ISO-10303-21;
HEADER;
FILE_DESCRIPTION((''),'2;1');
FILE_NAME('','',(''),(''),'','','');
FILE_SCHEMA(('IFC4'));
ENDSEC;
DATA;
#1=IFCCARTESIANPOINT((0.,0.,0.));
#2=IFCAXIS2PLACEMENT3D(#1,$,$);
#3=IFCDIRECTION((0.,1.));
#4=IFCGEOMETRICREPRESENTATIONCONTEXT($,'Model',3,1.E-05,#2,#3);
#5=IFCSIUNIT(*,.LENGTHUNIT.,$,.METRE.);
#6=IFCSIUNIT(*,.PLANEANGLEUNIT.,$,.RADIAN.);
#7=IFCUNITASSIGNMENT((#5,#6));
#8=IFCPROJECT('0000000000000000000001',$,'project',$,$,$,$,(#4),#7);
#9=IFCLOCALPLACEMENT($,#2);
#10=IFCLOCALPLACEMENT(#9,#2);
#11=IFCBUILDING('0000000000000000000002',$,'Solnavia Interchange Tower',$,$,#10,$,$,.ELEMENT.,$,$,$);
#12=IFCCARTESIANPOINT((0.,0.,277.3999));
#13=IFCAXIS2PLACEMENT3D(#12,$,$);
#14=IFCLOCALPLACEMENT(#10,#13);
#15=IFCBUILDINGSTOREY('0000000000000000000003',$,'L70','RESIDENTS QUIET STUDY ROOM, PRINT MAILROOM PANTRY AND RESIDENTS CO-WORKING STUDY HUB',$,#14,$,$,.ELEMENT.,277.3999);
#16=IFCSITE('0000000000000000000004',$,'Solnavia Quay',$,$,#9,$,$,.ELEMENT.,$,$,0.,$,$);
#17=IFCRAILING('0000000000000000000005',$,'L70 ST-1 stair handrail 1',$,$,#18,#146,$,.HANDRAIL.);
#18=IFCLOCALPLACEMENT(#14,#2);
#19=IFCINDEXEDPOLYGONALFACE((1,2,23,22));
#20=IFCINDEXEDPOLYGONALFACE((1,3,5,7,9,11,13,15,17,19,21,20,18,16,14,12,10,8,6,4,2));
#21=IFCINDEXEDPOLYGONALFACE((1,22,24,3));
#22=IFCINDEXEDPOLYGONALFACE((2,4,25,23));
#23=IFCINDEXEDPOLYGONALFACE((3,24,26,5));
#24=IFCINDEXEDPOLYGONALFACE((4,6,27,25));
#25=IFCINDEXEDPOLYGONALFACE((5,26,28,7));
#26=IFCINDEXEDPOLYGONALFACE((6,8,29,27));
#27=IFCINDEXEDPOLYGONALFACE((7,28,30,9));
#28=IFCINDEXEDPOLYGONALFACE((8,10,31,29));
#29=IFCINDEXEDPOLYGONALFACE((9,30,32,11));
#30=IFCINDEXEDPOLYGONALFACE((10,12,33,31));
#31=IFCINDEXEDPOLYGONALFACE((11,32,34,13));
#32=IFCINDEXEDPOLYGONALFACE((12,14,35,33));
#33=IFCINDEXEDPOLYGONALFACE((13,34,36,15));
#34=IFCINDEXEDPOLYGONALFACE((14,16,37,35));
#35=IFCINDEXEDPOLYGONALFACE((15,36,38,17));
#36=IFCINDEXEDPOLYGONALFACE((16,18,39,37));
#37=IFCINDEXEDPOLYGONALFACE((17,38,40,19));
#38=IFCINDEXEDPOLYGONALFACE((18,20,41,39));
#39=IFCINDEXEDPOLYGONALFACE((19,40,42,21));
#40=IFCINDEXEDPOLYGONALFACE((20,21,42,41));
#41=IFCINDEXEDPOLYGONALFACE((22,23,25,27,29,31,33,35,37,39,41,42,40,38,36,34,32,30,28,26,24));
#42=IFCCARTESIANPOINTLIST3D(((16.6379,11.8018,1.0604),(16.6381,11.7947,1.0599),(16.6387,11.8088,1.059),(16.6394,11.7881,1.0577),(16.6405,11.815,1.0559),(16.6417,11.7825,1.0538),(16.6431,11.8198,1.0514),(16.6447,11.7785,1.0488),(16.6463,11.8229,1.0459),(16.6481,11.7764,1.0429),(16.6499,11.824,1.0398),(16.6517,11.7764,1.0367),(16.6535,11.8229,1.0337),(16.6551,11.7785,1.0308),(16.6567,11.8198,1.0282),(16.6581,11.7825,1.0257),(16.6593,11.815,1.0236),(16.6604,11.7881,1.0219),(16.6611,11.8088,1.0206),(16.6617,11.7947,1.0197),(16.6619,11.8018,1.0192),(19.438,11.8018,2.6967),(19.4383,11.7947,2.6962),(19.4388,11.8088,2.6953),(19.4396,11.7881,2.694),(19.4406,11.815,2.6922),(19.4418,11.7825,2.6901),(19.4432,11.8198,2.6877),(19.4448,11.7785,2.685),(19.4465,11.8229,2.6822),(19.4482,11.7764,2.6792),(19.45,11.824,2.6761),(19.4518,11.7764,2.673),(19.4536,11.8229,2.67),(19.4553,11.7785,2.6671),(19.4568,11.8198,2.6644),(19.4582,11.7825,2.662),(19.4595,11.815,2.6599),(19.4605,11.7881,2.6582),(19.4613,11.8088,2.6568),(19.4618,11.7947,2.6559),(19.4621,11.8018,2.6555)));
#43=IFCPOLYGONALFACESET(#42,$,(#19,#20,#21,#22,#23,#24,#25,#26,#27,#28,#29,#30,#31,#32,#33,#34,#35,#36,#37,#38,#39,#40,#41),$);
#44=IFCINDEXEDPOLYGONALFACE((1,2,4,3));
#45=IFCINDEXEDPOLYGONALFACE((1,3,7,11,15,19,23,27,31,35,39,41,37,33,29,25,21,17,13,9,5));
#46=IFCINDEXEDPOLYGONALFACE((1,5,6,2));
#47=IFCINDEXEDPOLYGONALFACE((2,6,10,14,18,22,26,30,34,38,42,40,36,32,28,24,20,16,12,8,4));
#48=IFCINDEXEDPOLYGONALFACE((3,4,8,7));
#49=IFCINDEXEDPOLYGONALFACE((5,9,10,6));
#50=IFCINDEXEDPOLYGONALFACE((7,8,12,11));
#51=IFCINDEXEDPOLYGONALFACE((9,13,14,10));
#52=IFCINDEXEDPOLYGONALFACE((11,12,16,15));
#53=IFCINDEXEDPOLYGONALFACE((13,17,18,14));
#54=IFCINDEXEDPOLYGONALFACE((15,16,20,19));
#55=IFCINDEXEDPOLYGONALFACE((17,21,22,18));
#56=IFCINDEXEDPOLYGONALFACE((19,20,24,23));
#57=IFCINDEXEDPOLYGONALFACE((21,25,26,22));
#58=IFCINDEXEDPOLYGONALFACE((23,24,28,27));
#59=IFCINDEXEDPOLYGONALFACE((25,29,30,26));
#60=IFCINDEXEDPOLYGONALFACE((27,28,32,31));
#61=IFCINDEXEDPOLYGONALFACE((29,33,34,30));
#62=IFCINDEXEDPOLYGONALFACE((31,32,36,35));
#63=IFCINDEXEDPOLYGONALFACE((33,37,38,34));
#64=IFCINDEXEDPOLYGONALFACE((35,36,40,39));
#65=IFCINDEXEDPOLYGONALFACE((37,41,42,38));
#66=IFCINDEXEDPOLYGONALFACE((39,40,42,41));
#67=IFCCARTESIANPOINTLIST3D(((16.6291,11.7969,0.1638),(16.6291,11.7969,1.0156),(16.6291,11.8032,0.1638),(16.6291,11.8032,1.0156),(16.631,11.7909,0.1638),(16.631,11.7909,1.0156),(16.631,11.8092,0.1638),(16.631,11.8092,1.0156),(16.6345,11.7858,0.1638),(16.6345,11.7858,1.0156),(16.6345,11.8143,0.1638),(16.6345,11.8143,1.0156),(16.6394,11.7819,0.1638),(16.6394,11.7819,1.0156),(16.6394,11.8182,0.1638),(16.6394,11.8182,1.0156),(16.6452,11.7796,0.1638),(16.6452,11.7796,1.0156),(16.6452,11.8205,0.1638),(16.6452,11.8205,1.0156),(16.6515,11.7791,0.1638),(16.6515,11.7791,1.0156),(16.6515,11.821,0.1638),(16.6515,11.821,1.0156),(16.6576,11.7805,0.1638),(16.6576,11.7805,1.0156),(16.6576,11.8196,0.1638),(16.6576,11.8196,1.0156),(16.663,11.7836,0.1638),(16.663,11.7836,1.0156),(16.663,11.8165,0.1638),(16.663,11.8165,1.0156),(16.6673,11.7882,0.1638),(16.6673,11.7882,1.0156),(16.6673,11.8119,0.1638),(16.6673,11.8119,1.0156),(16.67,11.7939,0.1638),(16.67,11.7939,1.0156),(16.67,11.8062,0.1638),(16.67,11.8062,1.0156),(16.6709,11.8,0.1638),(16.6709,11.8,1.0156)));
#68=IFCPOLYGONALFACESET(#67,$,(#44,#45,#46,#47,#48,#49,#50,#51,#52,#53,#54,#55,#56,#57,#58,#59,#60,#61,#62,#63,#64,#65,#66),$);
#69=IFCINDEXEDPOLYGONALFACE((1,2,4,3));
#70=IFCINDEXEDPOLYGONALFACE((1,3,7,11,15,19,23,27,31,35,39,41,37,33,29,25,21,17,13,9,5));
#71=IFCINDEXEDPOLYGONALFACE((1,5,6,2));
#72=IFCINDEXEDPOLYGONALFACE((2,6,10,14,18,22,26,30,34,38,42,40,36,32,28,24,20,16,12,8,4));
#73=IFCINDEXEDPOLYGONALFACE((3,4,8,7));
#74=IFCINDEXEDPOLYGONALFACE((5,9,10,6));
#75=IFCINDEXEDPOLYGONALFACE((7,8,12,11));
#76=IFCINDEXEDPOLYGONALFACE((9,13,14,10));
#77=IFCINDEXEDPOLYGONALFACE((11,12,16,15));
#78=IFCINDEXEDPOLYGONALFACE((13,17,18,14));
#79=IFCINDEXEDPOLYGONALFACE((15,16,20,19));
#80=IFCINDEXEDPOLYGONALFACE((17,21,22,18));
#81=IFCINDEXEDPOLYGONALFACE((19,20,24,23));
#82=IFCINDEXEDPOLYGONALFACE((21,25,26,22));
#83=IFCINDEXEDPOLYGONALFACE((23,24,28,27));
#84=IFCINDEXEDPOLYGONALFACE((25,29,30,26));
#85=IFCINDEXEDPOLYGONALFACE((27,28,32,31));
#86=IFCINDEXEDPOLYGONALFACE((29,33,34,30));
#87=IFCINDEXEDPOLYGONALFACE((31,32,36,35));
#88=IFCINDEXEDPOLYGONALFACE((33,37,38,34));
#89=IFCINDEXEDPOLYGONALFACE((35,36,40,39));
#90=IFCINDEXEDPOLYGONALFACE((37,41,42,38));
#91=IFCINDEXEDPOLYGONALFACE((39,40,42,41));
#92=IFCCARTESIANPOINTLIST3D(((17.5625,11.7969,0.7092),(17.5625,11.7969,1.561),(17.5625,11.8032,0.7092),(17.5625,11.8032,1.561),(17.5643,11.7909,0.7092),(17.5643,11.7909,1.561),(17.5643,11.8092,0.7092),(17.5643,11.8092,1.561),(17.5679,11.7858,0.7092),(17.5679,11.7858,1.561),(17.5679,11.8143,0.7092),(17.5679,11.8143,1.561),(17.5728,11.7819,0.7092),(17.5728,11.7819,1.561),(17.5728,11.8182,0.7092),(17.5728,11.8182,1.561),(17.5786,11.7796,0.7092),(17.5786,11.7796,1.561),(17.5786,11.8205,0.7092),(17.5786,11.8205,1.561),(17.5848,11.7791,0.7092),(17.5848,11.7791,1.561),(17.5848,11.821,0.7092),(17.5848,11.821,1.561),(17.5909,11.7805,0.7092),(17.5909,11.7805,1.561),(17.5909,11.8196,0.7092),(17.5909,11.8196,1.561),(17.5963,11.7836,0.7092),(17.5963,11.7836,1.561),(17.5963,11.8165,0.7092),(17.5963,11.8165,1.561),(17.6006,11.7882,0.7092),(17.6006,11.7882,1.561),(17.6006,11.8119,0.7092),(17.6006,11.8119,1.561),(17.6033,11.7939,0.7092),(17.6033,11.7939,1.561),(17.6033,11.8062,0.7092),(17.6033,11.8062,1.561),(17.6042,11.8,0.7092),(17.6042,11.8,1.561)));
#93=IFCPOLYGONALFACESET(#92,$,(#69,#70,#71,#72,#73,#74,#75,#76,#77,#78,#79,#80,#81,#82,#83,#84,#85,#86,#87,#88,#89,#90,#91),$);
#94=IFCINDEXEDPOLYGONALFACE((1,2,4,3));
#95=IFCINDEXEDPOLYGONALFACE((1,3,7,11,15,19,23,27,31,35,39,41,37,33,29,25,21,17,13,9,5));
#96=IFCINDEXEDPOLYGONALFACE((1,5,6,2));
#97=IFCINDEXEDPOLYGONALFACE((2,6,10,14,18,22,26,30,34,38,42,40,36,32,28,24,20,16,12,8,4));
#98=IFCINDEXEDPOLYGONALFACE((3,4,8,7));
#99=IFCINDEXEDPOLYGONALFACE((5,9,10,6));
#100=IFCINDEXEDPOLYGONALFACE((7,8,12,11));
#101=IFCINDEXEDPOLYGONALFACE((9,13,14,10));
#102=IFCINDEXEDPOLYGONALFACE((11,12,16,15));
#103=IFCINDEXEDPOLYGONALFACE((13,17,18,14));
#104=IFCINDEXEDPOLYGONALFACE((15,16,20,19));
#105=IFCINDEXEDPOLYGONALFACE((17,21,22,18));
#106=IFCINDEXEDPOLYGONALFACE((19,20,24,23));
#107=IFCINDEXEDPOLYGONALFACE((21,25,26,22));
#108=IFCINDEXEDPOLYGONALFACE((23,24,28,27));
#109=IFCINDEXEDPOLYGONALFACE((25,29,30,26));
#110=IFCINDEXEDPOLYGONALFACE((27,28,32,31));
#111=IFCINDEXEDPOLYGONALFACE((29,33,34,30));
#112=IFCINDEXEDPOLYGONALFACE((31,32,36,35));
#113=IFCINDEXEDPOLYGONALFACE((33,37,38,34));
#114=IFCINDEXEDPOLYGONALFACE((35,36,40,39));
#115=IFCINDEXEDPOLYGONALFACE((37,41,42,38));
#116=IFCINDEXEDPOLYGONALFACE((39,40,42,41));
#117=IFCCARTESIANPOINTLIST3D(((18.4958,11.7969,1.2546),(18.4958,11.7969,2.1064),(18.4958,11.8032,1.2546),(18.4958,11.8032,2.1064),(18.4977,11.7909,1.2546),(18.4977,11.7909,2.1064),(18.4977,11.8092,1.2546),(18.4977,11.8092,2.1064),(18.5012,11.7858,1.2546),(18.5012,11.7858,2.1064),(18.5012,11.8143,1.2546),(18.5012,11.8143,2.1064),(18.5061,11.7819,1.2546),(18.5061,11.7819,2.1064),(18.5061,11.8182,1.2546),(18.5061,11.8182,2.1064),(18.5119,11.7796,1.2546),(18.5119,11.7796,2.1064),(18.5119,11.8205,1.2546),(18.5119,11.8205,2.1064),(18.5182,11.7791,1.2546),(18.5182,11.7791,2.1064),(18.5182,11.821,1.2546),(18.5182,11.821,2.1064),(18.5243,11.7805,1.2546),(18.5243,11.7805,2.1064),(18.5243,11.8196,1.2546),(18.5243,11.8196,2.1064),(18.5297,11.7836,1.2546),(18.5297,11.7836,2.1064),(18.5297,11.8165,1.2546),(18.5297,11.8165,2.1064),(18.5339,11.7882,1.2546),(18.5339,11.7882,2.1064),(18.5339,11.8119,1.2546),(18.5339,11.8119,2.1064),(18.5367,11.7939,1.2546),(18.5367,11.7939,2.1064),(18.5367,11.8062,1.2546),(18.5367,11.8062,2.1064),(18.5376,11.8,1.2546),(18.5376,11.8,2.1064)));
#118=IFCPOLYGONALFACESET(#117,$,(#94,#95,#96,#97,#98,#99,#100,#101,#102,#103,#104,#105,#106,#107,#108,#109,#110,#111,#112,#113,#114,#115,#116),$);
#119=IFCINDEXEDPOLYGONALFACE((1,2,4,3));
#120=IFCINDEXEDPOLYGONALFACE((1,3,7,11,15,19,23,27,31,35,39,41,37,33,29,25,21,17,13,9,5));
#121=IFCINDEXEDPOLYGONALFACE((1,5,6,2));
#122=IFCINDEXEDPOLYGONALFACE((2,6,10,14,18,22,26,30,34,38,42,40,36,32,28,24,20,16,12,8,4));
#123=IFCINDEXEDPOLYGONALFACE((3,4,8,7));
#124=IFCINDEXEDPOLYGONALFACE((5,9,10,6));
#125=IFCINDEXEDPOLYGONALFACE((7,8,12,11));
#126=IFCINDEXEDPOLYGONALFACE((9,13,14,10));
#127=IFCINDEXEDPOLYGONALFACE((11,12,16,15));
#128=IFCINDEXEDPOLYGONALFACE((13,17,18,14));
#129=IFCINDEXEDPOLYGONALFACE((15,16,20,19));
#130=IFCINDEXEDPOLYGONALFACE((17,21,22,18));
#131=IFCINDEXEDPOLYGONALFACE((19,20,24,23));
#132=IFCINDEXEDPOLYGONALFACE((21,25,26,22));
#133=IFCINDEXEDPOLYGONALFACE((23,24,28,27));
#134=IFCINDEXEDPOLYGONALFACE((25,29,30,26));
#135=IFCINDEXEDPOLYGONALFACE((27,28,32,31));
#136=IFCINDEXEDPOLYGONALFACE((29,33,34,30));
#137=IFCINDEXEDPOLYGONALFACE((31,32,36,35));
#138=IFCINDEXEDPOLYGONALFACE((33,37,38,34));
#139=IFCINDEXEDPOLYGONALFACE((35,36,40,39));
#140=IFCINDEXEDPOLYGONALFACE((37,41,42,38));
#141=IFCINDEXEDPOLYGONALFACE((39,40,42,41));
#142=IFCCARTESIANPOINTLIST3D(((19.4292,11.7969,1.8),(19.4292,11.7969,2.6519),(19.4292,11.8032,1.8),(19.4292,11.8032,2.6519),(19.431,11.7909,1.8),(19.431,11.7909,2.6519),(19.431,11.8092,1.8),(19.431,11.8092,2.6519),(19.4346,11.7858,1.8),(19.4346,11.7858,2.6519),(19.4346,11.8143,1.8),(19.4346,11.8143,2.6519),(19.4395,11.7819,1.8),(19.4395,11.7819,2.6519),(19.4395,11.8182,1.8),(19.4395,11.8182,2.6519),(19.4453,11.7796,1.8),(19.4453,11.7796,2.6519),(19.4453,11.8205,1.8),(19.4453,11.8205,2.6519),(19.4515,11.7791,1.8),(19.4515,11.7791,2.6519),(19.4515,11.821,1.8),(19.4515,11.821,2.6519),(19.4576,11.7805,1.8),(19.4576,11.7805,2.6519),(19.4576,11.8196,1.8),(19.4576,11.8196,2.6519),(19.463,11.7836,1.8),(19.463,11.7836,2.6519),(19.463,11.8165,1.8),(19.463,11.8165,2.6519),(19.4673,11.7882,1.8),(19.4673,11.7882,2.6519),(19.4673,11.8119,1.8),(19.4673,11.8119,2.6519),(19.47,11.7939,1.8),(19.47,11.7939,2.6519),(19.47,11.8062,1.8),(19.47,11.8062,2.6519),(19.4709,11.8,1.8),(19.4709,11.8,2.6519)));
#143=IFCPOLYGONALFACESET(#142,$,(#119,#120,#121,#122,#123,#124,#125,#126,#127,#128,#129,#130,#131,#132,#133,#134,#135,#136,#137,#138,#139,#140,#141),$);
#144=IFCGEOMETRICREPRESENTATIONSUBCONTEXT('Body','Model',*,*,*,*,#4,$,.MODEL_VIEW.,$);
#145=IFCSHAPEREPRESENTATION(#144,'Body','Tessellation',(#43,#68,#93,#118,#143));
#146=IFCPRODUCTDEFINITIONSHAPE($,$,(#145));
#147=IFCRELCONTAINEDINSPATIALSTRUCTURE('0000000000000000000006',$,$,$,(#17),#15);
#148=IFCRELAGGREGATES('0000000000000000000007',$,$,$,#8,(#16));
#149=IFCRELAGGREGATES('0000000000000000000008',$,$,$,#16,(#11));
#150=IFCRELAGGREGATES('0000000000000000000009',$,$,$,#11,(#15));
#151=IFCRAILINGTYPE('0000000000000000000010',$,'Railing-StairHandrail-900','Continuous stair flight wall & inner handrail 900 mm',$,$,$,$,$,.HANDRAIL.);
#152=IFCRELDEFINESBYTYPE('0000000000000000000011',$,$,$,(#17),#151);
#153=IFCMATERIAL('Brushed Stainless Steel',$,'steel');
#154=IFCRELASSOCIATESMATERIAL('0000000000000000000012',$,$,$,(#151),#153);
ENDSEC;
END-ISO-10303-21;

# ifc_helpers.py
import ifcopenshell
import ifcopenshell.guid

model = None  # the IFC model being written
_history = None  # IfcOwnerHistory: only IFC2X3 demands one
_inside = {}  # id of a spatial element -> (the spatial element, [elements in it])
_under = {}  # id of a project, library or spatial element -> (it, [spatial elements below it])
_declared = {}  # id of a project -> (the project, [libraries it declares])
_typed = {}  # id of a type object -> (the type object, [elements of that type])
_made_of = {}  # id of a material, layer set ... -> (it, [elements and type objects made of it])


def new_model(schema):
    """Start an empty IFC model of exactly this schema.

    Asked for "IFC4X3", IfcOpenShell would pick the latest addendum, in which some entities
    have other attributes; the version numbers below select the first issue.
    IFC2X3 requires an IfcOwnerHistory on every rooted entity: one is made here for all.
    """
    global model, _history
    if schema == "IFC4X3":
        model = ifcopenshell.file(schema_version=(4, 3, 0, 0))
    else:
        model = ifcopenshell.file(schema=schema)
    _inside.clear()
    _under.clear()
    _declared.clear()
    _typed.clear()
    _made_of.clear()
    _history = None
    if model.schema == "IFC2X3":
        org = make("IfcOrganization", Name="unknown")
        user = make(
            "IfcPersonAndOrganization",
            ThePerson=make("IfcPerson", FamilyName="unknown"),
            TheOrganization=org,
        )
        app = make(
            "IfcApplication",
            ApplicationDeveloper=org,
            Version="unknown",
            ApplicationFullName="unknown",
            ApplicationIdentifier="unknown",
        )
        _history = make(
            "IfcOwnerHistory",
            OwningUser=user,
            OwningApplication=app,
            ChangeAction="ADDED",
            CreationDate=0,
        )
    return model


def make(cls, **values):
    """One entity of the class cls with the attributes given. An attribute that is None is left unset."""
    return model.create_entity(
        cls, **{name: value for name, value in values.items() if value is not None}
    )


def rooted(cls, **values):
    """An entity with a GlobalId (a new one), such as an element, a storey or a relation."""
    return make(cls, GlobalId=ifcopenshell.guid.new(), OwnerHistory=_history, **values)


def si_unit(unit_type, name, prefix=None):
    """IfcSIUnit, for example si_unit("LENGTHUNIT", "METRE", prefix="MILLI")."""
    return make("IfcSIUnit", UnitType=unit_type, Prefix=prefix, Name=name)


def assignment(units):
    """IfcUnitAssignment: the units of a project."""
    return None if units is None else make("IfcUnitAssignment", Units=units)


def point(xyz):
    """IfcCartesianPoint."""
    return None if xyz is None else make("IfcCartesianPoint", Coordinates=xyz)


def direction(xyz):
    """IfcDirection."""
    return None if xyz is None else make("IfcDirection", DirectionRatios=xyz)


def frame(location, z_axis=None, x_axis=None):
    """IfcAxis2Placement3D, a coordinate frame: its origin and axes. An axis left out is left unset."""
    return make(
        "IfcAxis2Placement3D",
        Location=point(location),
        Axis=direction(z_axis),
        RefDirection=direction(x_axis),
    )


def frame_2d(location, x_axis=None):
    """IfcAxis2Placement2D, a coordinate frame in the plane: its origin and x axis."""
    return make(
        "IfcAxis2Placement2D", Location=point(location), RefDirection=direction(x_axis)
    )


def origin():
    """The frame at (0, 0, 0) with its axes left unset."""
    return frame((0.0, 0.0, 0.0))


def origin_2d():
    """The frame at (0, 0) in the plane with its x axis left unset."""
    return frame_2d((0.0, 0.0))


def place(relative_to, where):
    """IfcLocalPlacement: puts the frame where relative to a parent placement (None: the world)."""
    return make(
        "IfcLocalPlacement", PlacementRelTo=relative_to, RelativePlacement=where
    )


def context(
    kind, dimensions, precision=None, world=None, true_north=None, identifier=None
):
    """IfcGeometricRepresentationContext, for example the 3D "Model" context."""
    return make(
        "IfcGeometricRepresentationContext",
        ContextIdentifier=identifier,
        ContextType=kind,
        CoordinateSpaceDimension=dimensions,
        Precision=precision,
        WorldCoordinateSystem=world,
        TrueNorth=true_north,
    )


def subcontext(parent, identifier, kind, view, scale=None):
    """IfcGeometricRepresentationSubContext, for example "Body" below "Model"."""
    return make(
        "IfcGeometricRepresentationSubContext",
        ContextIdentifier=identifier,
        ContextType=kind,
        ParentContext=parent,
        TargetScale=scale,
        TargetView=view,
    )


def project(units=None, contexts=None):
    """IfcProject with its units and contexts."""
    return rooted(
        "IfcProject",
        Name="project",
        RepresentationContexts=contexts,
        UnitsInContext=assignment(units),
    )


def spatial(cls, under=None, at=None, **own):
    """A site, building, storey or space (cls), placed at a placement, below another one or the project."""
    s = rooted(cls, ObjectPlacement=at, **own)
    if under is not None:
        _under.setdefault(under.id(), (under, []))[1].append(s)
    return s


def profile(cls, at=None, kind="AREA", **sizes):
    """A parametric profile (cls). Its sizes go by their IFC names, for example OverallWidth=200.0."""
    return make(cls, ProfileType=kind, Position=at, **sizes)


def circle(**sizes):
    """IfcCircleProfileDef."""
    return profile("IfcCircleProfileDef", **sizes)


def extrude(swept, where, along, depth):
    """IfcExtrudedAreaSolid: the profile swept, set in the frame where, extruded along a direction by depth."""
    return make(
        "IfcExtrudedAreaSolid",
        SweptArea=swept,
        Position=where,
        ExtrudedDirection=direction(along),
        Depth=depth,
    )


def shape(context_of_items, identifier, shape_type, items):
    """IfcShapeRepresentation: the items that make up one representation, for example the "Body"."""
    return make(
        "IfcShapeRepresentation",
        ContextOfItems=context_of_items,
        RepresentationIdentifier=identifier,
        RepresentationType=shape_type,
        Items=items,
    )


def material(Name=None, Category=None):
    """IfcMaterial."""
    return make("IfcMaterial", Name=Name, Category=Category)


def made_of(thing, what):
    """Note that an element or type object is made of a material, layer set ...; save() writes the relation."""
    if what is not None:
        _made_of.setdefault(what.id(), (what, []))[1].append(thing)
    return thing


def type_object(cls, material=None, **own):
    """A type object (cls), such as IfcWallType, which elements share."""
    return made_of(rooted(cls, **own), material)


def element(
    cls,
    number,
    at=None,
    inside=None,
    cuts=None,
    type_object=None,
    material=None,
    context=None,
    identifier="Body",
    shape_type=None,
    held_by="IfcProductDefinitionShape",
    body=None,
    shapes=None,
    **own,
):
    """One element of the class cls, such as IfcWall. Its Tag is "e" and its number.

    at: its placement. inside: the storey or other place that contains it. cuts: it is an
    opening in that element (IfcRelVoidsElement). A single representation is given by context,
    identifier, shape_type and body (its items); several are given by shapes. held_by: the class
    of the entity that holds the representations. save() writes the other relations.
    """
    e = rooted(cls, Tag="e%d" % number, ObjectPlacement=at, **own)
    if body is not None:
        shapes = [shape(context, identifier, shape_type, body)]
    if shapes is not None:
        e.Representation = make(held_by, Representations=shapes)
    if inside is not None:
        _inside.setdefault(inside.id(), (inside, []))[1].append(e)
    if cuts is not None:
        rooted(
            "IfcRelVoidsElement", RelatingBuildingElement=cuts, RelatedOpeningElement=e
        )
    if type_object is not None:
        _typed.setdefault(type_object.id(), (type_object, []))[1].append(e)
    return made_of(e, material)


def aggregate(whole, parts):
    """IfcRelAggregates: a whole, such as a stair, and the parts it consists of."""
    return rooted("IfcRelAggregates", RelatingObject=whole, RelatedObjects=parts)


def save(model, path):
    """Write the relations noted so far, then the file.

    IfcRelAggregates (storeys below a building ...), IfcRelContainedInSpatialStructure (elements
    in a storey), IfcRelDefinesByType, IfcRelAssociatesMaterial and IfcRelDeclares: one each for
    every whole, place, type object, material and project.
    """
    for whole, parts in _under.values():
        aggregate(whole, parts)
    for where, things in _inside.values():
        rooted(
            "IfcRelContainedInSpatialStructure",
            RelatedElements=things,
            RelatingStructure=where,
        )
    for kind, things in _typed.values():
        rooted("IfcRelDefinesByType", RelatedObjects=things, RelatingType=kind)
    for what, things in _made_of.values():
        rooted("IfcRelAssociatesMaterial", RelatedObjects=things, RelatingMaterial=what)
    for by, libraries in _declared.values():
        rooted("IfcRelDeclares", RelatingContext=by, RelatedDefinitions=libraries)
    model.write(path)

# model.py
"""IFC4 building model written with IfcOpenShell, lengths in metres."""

from ifc_helpers import new_model, si_unit, direction, frame, origin, origin_2d, place, context, subcontext, project, spatial, circle, extrude, material, type_object, element, save


model = new_model("IFC4")

# Units and contexts
model_context = context("Model", 3, precision=1e-05, world=origin(), true_north=direction((0.0, 1.0)))
body_context = subcontext(model_context, "Body", "Model", "MODEL_VIEW")
ifc_project = project(units=[si_unit("LENGTHUNIT", "METRE"), si_unit("PLANEANGLEUNIT", "RADIAN")], contexts=[model_context])

# Site, building, storey
site_placement = place(None, origin())
site = spatial("IfcSite", under=ifc_project, at=site_placement, Name="Solnavia Quay", CompositionType="ELEMENT", RefElevation=0.0)
building_placement = place(site_placement, origin())
building = spatial("IfcBuilding", under=site, at=building_placement, Name="Solnavia Interchange Tower", CompositionType="ELEMENT")
storey_placement = place(building_placement, frame((0.0, 0.0, 277.3999)))
storey = spatial("IfcBuildingStorey", under=building, at=storey_placement, Name="L70", Description="RESIDENTS QUIET STUDY ROOM, PRINT MAILROOM PANTRY AND RESIDENTS CO-WORKING STUDY HUB", CompositionType="ELEMENT", Elevation=277.3999)

# Railing
ifc_material_1 = material(Name="Brushed Stainless Steel", Category="steel")
railing_type = type_object("IfcRailingType", Name="Railing-StairHandrail-900", Description="Continuous stair flight wall & inner handrail 900 mm", PredefinedType="HANDRAIL", material=ifc_material_1)
railing_placement = place(storey_placement, frame((16.6499, 11.8, 0.1638)))
element("IfcRailing", 1, at=railing_placement, inside=storey, type_object=railing_type, Name="L70 ST-1 stair handrail 1", PredefinedType="HANDRAIL", context=body_context, shape_type="SweptSolid", body=[
    extrude(circle(Radius=0.0239, at=origin_2d()), frame((0.0, 0.0, 0.876), z_axis=(0.863394, 0.0, 0.504531), x_axis=(0.0, 1.0, 0.0)), (0.0, 0.0, 1.0), 3.2432),
    extrude(circle(Radius=0.021, at=origin_2d()), origin(), (0.0, 0.0, 1.0), 0.8518),
    extrude(circle(Radius=0.021, at=origin_2d()), frame((0.9333, 0.0, 0.5454)), (0.0, 0.0, 1.0), 0.8518),
    extrude(circle(Radius=0.021, at=origin_2d()), frame((1.8667, 0.0, 1.0908)), (0.0, 0.0, 1.0), 0.8518),
    extrude(circle(Radius=0.021, at=origin_2d()), frame((2.8, 0.0, 1.6362)), (0.0, 0.0, 1.0), 0.8518),
])

save(model, "model.ifc")
